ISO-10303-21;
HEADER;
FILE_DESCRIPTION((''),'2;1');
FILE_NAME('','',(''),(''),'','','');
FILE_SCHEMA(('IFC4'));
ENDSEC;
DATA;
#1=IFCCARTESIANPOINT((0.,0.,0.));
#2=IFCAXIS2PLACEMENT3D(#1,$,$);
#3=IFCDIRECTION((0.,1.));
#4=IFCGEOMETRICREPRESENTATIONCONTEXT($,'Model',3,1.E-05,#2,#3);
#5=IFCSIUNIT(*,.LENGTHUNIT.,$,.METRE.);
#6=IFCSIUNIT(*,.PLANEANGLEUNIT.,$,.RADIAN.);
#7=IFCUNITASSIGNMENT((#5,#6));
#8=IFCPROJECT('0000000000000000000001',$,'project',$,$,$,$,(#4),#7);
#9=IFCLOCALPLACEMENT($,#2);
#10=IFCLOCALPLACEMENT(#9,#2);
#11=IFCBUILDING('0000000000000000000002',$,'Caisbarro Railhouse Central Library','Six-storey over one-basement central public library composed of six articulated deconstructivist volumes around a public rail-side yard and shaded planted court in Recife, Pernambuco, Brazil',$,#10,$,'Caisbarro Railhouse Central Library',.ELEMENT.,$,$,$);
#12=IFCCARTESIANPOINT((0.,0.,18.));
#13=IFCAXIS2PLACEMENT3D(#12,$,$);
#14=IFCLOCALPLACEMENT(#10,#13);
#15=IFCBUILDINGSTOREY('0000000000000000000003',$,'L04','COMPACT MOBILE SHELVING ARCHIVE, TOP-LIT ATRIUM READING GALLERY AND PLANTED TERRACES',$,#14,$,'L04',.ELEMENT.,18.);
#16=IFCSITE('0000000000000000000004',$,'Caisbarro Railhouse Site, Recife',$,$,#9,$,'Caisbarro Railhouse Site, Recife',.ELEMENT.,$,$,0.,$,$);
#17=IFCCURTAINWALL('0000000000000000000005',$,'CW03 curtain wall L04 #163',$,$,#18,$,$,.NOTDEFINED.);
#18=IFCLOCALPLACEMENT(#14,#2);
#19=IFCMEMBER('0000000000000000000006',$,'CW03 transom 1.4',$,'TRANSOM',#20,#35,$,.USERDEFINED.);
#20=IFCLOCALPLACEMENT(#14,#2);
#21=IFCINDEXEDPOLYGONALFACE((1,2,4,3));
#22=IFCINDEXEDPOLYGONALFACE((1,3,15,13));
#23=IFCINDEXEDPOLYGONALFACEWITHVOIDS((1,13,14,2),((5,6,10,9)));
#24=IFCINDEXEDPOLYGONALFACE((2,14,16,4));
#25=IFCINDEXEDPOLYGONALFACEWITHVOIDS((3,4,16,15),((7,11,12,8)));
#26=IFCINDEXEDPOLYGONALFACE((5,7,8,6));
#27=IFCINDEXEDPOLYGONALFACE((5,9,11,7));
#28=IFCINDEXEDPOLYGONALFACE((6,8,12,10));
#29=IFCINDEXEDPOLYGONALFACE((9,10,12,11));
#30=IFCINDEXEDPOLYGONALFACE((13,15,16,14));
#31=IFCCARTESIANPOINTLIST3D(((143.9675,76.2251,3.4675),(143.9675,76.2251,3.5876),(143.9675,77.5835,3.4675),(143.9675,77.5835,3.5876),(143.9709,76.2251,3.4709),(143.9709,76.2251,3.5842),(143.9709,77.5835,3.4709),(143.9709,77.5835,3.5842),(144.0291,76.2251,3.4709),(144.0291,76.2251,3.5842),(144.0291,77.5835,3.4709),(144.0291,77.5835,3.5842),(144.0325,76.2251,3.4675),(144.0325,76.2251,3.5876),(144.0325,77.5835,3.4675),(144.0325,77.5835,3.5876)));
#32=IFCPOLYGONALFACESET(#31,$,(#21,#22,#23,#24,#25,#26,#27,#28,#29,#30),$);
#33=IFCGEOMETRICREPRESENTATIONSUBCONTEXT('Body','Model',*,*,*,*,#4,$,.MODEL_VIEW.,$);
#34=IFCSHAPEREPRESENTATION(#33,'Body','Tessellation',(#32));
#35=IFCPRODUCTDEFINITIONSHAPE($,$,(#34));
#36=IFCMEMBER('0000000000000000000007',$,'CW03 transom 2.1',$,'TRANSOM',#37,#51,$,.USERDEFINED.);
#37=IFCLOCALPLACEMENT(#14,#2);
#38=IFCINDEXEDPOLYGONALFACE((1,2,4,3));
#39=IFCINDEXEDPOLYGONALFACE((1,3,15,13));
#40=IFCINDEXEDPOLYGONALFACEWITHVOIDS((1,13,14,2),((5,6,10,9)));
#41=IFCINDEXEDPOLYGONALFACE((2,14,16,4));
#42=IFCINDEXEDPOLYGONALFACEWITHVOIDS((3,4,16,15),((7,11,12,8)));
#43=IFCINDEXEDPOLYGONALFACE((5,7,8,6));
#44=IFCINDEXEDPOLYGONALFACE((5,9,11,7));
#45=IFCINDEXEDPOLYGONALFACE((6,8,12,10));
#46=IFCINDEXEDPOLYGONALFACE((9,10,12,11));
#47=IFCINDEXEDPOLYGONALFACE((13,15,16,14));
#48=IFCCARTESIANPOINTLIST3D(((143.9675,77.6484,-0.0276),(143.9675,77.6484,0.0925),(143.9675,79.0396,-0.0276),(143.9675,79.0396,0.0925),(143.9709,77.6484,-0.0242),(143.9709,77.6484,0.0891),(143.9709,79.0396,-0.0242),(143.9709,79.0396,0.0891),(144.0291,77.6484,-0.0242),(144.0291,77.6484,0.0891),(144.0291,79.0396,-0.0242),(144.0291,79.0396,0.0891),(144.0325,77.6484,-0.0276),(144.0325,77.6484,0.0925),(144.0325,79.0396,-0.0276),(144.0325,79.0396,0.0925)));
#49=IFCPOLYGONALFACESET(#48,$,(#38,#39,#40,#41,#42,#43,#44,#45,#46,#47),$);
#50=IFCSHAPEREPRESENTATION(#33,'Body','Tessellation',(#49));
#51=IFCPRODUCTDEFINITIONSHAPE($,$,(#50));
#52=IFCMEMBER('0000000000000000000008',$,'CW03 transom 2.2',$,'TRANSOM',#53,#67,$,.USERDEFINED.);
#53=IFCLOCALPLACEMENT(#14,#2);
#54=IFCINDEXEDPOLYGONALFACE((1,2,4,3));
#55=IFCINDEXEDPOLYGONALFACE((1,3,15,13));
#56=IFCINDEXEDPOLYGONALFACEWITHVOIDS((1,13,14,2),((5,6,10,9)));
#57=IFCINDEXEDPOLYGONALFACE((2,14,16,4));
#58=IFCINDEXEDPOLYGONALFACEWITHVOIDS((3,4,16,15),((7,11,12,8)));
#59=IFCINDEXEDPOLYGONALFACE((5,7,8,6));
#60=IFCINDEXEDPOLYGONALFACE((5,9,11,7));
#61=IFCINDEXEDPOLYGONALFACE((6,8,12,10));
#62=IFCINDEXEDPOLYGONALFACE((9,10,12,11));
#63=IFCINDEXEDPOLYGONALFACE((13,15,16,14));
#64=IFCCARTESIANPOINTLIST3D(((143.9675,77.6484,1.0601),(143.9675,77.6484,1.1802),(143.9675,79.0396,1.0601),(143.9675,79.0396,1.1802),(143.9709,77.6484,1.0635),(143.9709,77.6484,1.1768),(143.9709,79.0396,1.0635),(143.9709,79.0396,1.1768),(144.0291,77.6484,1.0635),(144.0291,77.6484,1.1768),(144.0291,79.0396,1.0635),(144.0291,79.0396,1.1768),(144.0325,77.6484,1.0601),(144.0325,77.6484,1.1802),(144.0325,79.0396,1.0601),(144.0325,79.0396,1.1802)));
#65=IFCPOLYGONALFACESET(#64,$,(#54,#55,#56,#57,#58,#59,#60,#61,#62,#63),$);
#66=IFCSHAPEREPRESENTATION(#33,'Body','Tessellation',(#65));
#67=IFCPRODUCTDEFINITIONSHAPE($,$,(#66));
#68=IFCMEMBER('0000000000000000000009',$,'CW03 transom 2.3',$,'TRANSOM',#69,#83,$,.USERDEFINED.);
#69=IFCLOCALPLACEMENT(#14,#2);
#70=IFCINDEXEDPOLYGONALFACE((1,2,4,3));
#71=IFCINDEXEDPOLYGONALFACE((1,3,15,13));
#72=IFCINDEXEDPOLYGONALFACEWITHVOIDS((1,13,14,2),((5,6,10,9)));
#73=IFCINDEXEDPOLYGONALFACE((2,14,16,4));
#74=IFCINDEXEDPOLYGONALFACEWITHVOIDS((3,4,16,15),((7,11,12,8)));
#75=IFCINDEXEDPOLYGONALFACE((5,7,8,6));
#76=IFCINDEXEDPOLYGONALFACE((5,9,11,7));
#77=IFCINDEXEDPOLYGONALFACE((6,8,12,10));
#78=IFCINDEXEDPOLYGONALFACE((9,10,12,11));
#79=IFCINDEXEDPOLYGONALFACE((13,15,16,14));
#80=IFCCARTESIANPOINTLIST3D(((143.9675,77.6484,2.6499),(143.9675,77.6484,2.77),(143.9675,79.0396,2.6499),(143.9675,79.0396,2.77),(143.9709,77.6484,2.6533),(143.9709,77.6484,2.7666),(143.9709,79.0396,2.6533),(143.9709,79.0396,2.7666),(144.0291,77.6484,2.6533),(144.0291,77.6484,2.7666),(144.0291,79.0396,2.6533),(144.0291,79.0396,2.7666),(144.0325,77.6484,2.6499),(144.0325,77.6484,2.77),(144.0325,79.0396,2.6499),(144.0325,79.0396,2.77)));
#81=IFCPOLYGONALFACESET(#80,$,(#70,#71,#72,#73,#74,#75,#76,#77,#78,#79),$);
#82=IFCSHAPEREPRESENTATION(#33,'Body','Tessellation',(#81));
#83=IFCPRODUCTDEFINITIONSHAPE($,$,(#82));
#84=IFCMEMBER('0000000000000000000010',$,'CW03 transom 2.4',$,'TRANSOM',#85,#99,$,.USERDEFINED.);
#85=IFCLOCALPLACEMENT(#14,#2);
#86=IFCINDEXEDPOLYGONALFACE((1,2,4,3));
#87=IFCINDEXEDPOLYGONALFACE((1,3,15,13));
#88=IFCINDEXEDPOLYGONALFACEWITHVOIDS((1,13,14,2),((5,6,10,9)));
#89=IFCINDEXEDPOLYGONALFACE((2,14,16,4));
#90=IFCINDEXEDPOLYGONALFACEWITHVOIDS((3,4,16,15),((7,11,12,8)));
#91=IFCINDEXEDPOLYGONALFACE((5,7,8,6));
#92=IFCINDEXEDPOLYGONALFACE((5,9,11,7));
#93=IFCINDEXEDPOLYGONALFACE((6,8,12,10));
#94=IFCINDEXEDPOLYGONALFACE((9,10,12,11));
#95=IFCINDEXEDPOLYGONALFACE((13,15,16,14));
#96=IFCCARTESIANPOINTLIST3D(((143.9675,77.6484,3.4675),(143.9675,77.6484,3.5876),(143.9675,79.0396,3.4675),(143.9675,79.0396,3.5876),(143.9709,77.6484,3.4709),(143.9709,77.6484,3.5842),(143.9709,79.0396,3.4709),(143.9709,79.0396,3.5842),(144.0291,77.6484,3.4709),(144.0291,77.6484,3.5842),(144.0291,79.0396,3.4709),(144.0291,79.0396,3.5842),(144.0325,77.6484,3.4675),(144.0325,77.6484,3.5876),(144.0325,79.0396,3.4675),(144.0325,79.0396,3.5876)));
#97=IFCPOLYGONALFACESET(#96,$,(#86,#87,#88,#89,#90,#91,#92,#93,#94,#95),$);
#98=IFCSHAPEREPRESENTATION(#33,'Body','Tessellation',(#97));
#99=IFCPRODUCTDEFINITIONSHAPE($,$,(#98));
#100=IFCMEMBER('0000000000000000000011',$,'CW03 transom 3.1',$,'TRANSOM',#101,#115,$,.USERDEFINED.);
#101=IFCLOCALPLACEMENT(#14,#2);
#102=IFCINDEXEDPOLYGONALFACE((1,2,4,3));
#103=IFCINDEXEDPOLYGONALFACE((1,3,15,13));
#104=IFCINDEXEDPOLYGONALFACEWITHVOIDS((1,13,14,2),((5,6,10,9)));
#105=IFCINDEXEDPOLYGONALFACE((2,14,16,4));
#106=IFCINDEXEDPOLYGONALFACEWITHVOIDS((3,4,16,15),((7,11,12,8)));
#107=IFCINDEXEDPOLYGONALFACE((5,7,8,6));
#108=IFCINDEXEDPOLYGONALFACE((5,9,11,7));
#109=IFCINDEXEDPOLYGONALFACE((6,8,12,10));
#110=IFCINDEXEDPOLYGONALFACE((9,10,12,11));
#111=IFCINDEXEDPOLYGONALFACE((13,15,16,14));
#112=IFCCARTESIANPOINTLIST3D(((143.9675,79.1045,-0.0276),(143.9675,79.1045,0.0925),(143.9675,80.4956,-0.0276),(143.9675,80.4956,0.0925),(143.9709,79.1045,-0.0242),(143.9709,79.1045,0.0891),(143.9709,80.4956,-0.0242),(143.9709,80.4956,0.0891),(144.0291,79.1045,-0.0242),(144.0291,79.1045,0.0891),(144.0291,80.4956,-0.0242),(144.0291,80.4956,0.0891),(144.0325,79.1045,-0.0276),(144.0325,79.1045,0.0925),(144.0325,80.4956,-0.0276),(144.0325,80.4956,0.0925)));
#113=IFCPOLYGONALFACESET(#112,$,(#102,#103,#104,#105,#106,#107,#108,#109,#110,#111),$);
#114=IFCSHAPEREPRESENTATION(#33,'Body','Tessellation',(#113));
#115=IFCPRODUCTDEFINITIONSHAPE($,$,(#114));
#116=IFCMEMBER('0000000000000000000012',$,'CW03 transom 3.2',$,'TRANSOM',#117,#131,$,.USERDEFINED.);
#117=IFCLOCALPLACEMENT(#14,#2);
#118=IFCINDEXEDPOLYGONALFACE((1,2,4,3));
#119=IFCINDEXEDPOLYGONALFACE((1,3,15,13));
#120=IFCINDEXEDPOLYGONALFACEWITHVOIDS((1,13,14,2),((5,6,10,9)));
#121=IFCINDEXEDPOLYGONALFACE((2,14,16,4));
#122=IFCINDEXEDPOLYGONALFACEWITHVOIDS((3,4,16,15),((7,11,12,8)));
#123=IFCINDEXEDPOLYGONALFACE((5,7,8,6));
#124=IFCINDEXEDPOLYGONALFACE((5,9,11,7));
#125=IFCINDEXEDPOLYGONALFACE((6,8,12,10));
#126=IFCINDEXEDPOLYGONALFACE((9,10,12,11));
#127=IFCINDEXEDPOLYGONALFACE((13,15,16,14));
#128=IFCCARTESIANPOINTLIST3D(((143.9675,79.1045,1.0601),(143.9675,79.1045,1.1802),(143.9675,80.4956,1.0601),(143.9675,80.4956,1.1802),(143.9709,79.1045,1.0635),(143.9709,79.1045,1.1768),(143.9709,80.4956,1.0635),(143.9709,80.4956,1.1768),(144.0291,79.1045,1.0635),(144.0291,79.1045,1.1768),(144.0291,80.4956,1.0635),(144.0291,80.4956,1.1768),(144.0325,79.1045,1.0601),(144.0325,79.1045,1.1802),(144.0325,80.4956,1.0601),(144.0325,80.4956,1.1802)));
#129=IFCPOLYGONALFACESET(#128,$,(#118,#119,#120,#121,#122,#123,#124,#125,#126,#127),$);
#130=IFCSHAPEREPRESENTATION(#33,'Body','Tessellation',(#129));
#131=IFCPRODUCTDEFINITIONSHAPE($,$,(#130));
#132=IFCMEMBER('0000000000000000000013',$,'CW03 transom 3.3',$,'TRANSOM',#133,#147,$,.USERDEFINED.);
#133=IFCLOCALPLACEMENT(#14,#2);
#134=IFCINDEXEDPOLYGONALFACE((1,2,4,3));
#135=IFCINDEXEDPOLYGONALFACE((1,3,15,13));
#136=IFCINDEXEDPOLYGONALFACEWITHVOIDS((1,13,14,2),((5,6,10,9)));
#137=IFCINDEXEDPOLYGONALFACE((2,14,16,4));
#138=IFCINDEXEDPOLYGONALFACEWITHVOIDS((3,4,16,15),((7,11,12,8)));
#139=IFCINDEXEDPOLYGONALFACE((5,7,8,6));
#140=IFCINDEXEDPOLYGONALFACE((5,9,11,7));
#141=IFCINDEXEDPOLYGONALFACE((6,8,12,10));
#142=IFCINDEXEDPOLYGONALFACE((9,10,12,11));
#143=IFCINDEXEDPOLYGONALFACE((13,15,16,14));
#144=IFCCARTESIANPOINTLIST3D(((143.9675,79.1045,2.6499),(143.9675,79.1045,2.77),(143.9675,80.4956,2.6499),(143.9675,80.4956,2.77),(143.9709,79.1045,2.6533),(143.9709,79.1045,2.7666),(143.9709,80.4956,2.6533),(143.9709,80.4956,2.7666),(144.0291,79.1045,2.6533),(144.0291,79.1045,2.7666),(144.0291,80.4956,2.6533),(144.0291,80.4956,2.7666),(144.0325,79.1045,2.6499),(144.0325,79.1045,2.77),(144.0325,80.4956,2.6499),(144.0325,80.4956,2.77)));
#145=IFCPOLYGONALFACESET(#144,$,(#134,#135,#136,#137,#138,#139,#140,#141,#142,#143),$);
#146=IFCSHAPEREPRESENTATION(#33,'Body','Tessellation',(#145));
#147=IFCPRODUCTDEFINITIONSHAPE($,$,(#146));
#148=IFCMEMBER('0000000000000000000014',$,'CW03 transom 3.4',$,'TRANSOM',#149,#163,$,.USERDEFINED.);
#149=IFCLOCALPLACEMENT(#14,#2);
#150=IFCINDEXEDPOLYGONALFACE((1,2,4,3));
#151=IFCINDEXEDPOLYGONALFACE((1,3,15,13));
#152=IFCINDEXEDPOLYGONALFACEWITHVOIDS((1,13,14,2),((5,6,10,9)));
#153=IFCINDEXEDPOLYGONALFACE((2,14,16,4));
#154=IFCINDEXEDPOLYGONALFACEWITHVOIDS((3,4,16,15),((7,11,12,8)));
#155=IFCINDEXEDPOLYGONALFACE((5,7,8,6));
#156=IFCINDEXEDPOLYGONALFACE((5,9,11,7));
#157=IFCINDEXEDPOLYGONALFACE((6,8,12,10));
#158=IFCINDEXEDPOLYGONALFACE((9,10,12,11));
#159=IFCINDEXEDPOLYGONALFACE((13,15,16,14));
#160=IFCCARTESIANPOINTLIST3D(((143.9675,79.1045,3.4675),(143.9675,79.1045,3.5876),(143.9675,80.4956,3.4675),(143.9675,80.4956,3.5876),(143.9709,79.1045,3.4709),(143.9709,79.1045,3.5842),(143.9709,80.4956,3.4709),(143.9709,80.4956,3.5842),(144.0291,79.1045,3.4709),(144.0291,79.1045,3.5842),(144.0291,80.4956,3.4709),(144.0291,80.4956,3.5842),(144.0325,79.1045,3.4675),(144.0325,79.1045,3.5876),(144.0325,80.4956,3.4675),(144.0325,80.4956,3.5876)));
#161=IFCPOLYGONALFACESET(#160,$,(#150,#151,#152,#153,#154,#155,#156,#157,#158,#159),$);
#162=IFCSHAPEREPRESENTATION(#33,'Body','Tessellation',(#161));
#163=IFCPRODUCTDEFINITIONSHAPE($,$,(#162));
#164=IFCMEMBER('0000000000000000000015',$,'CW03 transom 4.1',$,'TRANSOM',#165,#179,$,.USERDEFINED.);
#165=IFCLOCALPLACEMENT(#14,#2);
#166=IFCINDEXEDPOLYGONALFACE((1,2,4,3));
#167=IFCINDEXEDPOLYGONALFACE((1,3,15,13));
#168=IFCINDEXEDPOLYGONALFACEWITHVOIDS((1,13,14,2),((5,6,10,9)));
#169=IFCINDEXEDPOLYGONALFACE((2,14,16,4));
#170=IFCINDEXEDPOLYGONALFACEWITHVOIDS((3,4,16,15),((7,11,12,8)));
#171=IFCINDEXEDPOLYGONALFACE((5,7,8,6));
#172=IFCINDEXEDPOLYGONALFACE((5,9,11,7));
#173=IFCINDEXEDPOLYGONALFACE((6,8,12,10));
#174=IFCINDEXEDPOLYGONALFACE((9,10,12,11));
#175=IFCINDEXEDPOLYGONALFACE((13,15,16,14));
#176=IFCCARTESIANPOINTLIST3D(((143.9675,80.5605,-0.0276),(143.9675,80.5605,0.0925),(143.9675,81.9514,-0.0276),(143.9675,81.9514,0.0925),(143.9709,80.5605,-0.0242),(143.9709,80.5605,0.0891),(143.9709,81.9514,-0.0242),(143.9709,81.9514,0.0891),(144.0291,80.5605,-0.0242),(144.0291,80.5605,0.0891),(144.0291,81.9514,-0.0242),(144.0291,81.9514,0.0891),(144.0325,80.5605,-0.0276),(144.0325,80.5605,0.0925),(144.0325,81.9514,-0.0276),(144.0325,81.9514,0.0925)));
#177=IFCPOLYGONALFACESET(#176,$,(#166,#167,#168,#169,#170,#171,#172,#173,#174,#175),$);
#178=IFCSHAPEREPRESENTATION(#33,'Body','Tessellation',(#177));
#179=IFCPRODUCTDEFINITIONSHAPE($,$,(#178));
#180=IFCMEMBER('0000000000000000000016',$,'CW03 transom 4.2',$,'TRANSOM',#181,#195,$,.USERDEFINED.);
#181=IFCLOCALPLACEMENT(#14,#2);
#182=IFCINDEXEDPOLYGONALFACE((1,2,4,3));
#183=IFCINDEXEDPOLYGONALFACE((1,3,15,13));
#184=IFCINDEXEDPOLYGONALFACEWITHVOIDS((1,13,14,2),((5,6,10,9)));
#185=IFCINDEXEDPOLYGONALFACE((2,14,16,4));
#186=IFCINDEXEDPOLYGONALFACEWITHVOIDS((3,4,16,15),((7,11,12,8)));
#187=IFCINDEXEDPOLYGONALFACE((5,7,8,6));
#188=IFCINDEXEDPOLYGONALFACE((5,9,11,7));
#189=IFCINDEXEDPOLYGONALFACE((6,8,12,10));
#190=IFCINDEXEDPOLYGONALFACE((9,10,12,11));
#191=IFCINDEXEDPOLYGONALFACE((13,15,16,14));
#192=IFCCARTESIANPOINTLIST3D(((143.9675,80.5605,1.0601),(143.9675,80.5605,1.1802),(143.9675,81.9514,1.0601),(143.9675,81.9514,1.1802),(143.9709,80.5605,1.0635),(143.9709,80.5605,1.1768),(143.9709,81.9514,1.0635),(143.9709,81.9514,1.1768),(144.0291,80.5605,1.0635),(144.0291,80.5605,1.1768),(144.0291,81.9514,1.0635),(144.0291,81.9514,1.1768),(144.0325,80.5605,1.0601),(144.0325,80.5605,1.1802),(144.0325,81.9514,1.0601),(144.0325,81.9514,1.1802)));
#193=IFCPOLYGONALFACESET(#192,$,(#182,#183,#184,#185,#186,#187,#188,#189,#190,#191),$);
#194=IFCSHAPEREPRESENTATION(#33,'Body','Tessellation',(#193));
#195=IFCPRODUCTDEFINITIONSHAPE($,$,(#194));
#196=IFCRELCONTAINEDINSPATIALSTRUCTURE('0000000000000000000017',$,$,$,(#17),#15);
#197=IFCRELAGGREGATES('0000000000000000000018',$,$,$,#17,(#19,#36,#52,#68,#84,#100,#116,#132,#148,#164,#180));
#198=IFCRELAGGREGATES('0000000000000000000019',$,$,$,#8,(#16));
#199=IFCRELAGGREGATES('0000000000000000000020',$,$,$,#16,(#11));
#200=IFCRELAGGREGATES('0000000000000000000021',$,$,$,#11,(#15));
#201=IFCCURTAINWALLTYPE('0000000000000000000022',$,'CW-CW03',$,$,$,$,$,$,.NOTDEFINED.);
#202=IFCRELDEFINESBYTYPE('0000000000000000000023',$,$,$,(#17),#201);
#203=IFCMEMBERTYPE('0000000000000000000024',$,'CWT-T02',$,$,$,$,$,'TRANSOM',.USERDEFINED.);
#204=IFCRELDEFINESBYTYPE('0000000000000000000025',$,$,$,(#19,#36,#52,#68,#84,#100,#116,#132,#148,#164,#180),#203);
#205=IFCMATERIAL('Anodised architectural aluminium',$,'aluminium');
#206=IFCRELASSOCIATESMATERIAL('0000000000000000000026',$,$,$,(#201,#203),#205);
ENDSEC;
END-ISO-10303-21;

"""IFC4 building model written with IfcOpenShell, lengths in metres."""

from ifc_helpers import new_model, si_unit, direction, frame, origin, origin_2d, place, context, subcontext, project, spatial, hollow_rectangle, extrude, material, material_profile, profile_set, type_object, element, aggregate, save


model = new_model("IFC4")

# Units and contexts
model_context = context("Model", 3, precision=1e-05, world=origin(), true_north=direction((0.0, 1.0)))
body_context = subcontext(model_context, "Body", "Model", "MODEL_VIEW")
ifc_project = project(units=[si_unit("LENGTHUNIT", "METRE"), si_unit("PLANEANGLEUNIT", "RADIAN")], contexts=[model_context])

# Site, building, storey
site_placement = place(None, origin())
site = spatial("IfcSite", under=ifc_project, at=site_placement, Name="Caisbarro Railhouse Site, Recife", LongName="Caisbarro Railhouse Site, Recife", CompositionType="ELEMENT", RefElevation=0.0)
building_placement = place(site_placement, origin())
building = spatial("IfcBuilding", under=site, at=building_placement, Name="Caisbarro Railhouse Central Library", Description="Six-storey over one-basement central public library composed of six articulated deconstructivist volumes around a public rail-side yard and shaded planted court in Recife, Pernambuco, Brazil", LongName="Caisbarro Railhouse Central Library", CompositionType="ELEMENT")
storey_placement = place(building_placement, frame((0.0, 0.0, 18.0)))
storey = spatial("IfcBuildingStorey", under=building, at=storey_placement, Name="L04", Description="COMPACT MOBILE SHELVING ARCHIVE, TOP-LIT ATRIUM READING GALLERY AND PLANTED TERRACES", LongName="L04", CompositionType="ELEMENT", Elevation=18.0)

# Curtain wall, members
ifc_material_1 = material(Name="Anodised architectural aluminium", Category="aluminium")
curtain_wall_type = type_object("IfcCurtainWallType", Name="CW-CW03", PredefinedType="NOTDEFINED", material=ifc_material_1)
curtain_wall_placement = place(storey_placement, origin())
curtain_wall = element("IfcCurtainWall", 1, at=curtain_wall_placement, inside=storey, type_object=curtain_wall_type, Name="CW03 curtain wall L04 #163", PredefinedType="NOTDEFINED")
ifc_material_profile_1 = material_profile(ifc_material_1, hollow_rectangle(XDim=0.0649, YDim=0.1201, WallThickness=0.0034, at=origin_2d()), Name="ALU-TRN-65X120")
ifc_profile_set_1 = profile_set([ifc_material_profile_1], Name="Anodised architectural aluminium")
member_type_1 = type_object("IfcMemberType", Name="CWT-T02", ElementType="TRANSOM", PredefinedType="USERDEFINED", material=ifc_profile_set_1)
member_1_placement = place(storey_placement, frame((144.0, 76.2251, 3.5276), z_axis=(0.0, 1.0, 0.0), x_axis=(-1.0, 0.0, 0.0)))
member_1 = element("IfcMember", 2, at=member_1_placement, type_object=member_type_1, Name="CW03 transom 1.4", ObjectType="TRANSOM", PredefinedType="USERDEFINED", context=body_context, shape_type="SweptSolid", body=[
    extrude(hollow_rectangle(XDim=0.0649, YDim=0.1201, WallThickness=0.0034, at=origin_2d()), origin(), (0.0, 0.0, 1.0), 1.3584),
])
member_2_placement = place(storey_placement, frame((144.0, 77.6484, 0.0325), z_axis=(0.0, 1.0, 0.0), x_axis=(-1.0, 0.0, 0.0)))
member_2 = element("IfcMember", 3, at=member_2_placement, type_object=member_type_1, Name="CW03 transom 2.1", ObjectType="TRANSOM", PredefinedType="USERDEFINED", context=body_context, shape_type="SweptSolid", body=[
    extrude(hollow_rectangle(XDim=0.0649, YDim=0.1201, WallThickness=0.0034, at=origin_2d()), origin(), (0.0, 0.0, 1.0), 1.3911),
])
member_3_placement = place(storey_placement, frame((144.0, 77.6484, 1.1201), z_axis=(0.0, 1.0, 0.0), x_axis=(-1.0, 0.0, 0.0)))
member_3 = element("IfcMember", 4, at=member_3_placement, type_object=member_type_1, Name="CW03 transom 2.2", ObjectType="TRANSOM", PredefinedType="USERDEFINED", context=body_context, shape_type="SweptSolid", body=[
    extrude(hollow_rectangle(XDim=0.0649, YDim=0.1201, WallThickness=0.0034, at=origin_2d()), origin(), (0.0, 0.0, 1.0), 1.3911),
])
member_4_placement = place(storey_placement, frame((144.0, 77.6484, 2.71), z_axis=(0.0, 1.0, 0.0), x_axis=(-1.0, 0.0, 0.0)))
member_4 = element("IfcMember", 5, at=member_4_placement, type_object=member_type_1, Name="CW03 transom 2.3", ObjectType="TRANSOM", PredefinedType="USERDEFINED", context=body_context, shape_type="SweptSolid", body=[
    extrude(hollow_rectangle(XDim=0.0649, YDim=0.1201, WallThickness=0.0034, at=origin_2d()), origin(), (0.0, 0.0, 1.0), 1.3911),
])
member_5_placement = place(storey_placement, frame((144.0, 77.6484, 3.5276), z_axis=(0.0, 1.0, 0.0), x_axis=(-1.0, 0.0, 0.0)))
member_5 = element("IfcMember", 6, at=member_5_placement, type_object=member_type_1, Name="CW03 transom 2.4", ObjectType="TRANSOM", PredefinedType="USERDEFINED", context=body_context, shape_type="SweptSolid", body=[
    extrude(hollow_rectangle(XDim=0.0649, YDim=0.1201, WallThickness=0.0034, at=origin_2d()), origin(), (0.0, 0.0, 1.0), 1.3911),
])
member_6_placement = place(storey_placement, frame((144.0, 79.1045, 0.0325), z_axis=(0.0, 1.0, 0.0), x_axis=(-1.0, 0.0, 0.0)))
member_6 = element("IfcMember", 7, at=member_6_placement, type_object=member_type_1, Name="CW03 transom 3.1", ObjectType="TRANSOM", PredefinedType="USERDEFINED", context=body_context, shape_type="SweptSolid", body=[
    extrude(hollow_rectangle(XDim=0.0649, YDim=0.1201, WallThickness=0.0034, at=origin_2d()), origin(), (0.0, 0.0, 1.0), 1.3911),
])
member_7_placement = place(storey_placement, frame((144.0, 79.1045, 1.1201), z_axis=(0.0, 1.0, 0.0), x_axis=(-1.0, 0.0, 0.0)))
member_7 = element("IfcMember", 8, at=member_7_placement, type_object=member_type_1, Name="CW03 transom 3.2", ObjectType="TRANSOM", PredefinedType="USERDEFINED", context=body_context, shape_type="SweptSolid", body=[
    extrude(hollow_rectangle(XDim=0.0649, YDim=0.1201, WallThickness=0.0034, at=origin_2d()), origin(), (0.0, 0.0, 1.0), 1.3911),
])
member_8_placement = place(storey_placement, frame((144.0, 79.1045, 2.71), z_axis=(0.0, 1.0, 0.0), x_axis=(-1.0, 0.0, 0.0)))
member_8 = element("IfcMember", 9, at=member_8_placement, type_object=member_type_1, Name="CW03 transom 3.3", ObjectType="TRANSOM", PredefinedType="USERDEFINED", context=body_context, shape_type="SweptSolid", body=[
    extrude(hollow_rectangle(XDim=0.0649, YDim=0.1201, WallThickness=0.0034, at=origin_2d()), origin(), (0.0, 0.0, 1.0), 1.3911),
])
member_9_placement = place(storey_placement, frame((144.0, 79.1045, 3.5276), z_axis=(0.0, 1.0, 0.0), x_axis=(-1.0, 0.0, 0.0)))
member_9 = element("IfcMember", 10, at=member_9_placement, type_object=member_type_1, Name="CW03 transom 3.4", ObjectType="TRANSOM", PredefinedType="USERDEFINED", context=body_context, shape_type="SweptSolid", body=[
    extrude(hollow_rectangle(XDim=0.0649, YDim=0.1201, WallThickness=0.0034, at=origin_2d()), origin(), (0.0, 0.0, 1.0), 1.3911),
])
member_10_placement = place(storey_placement, frame((144.0, 80.5605, 0.0325), z_axis=(0.0, 1.0, 0.0), x_axis=(-1.0, 0.0, 0.0)))
member_10 = element("IfcMember", 11, at=member_10_placement, type_object=member_type_1, Name="CW03 transom 4.1", ObjectType="TRANSOM", PredefinedType="USERDEFINED", context=body_context, shape_type="SweptSolid", body=[
    extrude(hollow_rectangle(XDim=0.0649, YDim=0.1201, WallThickness=0.0034, at=origin_2d()), origin(), (0.0, 0.0, 1.0), 1.3909),
])
member_11_placement = place(storey_placement, frame((144.0, 80.5605, 1.1201), z_axis=(0.0, 1.0, 0.0), x_axis=(-1.0, 0.0, 0.0)))
member_11 = element("IfcMember", 12, at=member_11_placement, type_object=member_type_1, Name="CW03 transom 4.2", ObjectType="TRANSOM", PredefinedType="USERDEFINED", context=body_context, shape_type="SweptSolid", body=[
    extrude(hollow_rectangle(XDim=0.0649, YDim=0.1201, WallThickness=0.0034, at=origin_2d()), origin(), (0.0, 0.0, 1.0), 1.3909),
])
aggregate(curtain_wall, [member_1, member_2, member_3, member_4, member_5, member_6, member_7, member_8, member_9, member_10, member_11])

save(model, "model.ifc")
